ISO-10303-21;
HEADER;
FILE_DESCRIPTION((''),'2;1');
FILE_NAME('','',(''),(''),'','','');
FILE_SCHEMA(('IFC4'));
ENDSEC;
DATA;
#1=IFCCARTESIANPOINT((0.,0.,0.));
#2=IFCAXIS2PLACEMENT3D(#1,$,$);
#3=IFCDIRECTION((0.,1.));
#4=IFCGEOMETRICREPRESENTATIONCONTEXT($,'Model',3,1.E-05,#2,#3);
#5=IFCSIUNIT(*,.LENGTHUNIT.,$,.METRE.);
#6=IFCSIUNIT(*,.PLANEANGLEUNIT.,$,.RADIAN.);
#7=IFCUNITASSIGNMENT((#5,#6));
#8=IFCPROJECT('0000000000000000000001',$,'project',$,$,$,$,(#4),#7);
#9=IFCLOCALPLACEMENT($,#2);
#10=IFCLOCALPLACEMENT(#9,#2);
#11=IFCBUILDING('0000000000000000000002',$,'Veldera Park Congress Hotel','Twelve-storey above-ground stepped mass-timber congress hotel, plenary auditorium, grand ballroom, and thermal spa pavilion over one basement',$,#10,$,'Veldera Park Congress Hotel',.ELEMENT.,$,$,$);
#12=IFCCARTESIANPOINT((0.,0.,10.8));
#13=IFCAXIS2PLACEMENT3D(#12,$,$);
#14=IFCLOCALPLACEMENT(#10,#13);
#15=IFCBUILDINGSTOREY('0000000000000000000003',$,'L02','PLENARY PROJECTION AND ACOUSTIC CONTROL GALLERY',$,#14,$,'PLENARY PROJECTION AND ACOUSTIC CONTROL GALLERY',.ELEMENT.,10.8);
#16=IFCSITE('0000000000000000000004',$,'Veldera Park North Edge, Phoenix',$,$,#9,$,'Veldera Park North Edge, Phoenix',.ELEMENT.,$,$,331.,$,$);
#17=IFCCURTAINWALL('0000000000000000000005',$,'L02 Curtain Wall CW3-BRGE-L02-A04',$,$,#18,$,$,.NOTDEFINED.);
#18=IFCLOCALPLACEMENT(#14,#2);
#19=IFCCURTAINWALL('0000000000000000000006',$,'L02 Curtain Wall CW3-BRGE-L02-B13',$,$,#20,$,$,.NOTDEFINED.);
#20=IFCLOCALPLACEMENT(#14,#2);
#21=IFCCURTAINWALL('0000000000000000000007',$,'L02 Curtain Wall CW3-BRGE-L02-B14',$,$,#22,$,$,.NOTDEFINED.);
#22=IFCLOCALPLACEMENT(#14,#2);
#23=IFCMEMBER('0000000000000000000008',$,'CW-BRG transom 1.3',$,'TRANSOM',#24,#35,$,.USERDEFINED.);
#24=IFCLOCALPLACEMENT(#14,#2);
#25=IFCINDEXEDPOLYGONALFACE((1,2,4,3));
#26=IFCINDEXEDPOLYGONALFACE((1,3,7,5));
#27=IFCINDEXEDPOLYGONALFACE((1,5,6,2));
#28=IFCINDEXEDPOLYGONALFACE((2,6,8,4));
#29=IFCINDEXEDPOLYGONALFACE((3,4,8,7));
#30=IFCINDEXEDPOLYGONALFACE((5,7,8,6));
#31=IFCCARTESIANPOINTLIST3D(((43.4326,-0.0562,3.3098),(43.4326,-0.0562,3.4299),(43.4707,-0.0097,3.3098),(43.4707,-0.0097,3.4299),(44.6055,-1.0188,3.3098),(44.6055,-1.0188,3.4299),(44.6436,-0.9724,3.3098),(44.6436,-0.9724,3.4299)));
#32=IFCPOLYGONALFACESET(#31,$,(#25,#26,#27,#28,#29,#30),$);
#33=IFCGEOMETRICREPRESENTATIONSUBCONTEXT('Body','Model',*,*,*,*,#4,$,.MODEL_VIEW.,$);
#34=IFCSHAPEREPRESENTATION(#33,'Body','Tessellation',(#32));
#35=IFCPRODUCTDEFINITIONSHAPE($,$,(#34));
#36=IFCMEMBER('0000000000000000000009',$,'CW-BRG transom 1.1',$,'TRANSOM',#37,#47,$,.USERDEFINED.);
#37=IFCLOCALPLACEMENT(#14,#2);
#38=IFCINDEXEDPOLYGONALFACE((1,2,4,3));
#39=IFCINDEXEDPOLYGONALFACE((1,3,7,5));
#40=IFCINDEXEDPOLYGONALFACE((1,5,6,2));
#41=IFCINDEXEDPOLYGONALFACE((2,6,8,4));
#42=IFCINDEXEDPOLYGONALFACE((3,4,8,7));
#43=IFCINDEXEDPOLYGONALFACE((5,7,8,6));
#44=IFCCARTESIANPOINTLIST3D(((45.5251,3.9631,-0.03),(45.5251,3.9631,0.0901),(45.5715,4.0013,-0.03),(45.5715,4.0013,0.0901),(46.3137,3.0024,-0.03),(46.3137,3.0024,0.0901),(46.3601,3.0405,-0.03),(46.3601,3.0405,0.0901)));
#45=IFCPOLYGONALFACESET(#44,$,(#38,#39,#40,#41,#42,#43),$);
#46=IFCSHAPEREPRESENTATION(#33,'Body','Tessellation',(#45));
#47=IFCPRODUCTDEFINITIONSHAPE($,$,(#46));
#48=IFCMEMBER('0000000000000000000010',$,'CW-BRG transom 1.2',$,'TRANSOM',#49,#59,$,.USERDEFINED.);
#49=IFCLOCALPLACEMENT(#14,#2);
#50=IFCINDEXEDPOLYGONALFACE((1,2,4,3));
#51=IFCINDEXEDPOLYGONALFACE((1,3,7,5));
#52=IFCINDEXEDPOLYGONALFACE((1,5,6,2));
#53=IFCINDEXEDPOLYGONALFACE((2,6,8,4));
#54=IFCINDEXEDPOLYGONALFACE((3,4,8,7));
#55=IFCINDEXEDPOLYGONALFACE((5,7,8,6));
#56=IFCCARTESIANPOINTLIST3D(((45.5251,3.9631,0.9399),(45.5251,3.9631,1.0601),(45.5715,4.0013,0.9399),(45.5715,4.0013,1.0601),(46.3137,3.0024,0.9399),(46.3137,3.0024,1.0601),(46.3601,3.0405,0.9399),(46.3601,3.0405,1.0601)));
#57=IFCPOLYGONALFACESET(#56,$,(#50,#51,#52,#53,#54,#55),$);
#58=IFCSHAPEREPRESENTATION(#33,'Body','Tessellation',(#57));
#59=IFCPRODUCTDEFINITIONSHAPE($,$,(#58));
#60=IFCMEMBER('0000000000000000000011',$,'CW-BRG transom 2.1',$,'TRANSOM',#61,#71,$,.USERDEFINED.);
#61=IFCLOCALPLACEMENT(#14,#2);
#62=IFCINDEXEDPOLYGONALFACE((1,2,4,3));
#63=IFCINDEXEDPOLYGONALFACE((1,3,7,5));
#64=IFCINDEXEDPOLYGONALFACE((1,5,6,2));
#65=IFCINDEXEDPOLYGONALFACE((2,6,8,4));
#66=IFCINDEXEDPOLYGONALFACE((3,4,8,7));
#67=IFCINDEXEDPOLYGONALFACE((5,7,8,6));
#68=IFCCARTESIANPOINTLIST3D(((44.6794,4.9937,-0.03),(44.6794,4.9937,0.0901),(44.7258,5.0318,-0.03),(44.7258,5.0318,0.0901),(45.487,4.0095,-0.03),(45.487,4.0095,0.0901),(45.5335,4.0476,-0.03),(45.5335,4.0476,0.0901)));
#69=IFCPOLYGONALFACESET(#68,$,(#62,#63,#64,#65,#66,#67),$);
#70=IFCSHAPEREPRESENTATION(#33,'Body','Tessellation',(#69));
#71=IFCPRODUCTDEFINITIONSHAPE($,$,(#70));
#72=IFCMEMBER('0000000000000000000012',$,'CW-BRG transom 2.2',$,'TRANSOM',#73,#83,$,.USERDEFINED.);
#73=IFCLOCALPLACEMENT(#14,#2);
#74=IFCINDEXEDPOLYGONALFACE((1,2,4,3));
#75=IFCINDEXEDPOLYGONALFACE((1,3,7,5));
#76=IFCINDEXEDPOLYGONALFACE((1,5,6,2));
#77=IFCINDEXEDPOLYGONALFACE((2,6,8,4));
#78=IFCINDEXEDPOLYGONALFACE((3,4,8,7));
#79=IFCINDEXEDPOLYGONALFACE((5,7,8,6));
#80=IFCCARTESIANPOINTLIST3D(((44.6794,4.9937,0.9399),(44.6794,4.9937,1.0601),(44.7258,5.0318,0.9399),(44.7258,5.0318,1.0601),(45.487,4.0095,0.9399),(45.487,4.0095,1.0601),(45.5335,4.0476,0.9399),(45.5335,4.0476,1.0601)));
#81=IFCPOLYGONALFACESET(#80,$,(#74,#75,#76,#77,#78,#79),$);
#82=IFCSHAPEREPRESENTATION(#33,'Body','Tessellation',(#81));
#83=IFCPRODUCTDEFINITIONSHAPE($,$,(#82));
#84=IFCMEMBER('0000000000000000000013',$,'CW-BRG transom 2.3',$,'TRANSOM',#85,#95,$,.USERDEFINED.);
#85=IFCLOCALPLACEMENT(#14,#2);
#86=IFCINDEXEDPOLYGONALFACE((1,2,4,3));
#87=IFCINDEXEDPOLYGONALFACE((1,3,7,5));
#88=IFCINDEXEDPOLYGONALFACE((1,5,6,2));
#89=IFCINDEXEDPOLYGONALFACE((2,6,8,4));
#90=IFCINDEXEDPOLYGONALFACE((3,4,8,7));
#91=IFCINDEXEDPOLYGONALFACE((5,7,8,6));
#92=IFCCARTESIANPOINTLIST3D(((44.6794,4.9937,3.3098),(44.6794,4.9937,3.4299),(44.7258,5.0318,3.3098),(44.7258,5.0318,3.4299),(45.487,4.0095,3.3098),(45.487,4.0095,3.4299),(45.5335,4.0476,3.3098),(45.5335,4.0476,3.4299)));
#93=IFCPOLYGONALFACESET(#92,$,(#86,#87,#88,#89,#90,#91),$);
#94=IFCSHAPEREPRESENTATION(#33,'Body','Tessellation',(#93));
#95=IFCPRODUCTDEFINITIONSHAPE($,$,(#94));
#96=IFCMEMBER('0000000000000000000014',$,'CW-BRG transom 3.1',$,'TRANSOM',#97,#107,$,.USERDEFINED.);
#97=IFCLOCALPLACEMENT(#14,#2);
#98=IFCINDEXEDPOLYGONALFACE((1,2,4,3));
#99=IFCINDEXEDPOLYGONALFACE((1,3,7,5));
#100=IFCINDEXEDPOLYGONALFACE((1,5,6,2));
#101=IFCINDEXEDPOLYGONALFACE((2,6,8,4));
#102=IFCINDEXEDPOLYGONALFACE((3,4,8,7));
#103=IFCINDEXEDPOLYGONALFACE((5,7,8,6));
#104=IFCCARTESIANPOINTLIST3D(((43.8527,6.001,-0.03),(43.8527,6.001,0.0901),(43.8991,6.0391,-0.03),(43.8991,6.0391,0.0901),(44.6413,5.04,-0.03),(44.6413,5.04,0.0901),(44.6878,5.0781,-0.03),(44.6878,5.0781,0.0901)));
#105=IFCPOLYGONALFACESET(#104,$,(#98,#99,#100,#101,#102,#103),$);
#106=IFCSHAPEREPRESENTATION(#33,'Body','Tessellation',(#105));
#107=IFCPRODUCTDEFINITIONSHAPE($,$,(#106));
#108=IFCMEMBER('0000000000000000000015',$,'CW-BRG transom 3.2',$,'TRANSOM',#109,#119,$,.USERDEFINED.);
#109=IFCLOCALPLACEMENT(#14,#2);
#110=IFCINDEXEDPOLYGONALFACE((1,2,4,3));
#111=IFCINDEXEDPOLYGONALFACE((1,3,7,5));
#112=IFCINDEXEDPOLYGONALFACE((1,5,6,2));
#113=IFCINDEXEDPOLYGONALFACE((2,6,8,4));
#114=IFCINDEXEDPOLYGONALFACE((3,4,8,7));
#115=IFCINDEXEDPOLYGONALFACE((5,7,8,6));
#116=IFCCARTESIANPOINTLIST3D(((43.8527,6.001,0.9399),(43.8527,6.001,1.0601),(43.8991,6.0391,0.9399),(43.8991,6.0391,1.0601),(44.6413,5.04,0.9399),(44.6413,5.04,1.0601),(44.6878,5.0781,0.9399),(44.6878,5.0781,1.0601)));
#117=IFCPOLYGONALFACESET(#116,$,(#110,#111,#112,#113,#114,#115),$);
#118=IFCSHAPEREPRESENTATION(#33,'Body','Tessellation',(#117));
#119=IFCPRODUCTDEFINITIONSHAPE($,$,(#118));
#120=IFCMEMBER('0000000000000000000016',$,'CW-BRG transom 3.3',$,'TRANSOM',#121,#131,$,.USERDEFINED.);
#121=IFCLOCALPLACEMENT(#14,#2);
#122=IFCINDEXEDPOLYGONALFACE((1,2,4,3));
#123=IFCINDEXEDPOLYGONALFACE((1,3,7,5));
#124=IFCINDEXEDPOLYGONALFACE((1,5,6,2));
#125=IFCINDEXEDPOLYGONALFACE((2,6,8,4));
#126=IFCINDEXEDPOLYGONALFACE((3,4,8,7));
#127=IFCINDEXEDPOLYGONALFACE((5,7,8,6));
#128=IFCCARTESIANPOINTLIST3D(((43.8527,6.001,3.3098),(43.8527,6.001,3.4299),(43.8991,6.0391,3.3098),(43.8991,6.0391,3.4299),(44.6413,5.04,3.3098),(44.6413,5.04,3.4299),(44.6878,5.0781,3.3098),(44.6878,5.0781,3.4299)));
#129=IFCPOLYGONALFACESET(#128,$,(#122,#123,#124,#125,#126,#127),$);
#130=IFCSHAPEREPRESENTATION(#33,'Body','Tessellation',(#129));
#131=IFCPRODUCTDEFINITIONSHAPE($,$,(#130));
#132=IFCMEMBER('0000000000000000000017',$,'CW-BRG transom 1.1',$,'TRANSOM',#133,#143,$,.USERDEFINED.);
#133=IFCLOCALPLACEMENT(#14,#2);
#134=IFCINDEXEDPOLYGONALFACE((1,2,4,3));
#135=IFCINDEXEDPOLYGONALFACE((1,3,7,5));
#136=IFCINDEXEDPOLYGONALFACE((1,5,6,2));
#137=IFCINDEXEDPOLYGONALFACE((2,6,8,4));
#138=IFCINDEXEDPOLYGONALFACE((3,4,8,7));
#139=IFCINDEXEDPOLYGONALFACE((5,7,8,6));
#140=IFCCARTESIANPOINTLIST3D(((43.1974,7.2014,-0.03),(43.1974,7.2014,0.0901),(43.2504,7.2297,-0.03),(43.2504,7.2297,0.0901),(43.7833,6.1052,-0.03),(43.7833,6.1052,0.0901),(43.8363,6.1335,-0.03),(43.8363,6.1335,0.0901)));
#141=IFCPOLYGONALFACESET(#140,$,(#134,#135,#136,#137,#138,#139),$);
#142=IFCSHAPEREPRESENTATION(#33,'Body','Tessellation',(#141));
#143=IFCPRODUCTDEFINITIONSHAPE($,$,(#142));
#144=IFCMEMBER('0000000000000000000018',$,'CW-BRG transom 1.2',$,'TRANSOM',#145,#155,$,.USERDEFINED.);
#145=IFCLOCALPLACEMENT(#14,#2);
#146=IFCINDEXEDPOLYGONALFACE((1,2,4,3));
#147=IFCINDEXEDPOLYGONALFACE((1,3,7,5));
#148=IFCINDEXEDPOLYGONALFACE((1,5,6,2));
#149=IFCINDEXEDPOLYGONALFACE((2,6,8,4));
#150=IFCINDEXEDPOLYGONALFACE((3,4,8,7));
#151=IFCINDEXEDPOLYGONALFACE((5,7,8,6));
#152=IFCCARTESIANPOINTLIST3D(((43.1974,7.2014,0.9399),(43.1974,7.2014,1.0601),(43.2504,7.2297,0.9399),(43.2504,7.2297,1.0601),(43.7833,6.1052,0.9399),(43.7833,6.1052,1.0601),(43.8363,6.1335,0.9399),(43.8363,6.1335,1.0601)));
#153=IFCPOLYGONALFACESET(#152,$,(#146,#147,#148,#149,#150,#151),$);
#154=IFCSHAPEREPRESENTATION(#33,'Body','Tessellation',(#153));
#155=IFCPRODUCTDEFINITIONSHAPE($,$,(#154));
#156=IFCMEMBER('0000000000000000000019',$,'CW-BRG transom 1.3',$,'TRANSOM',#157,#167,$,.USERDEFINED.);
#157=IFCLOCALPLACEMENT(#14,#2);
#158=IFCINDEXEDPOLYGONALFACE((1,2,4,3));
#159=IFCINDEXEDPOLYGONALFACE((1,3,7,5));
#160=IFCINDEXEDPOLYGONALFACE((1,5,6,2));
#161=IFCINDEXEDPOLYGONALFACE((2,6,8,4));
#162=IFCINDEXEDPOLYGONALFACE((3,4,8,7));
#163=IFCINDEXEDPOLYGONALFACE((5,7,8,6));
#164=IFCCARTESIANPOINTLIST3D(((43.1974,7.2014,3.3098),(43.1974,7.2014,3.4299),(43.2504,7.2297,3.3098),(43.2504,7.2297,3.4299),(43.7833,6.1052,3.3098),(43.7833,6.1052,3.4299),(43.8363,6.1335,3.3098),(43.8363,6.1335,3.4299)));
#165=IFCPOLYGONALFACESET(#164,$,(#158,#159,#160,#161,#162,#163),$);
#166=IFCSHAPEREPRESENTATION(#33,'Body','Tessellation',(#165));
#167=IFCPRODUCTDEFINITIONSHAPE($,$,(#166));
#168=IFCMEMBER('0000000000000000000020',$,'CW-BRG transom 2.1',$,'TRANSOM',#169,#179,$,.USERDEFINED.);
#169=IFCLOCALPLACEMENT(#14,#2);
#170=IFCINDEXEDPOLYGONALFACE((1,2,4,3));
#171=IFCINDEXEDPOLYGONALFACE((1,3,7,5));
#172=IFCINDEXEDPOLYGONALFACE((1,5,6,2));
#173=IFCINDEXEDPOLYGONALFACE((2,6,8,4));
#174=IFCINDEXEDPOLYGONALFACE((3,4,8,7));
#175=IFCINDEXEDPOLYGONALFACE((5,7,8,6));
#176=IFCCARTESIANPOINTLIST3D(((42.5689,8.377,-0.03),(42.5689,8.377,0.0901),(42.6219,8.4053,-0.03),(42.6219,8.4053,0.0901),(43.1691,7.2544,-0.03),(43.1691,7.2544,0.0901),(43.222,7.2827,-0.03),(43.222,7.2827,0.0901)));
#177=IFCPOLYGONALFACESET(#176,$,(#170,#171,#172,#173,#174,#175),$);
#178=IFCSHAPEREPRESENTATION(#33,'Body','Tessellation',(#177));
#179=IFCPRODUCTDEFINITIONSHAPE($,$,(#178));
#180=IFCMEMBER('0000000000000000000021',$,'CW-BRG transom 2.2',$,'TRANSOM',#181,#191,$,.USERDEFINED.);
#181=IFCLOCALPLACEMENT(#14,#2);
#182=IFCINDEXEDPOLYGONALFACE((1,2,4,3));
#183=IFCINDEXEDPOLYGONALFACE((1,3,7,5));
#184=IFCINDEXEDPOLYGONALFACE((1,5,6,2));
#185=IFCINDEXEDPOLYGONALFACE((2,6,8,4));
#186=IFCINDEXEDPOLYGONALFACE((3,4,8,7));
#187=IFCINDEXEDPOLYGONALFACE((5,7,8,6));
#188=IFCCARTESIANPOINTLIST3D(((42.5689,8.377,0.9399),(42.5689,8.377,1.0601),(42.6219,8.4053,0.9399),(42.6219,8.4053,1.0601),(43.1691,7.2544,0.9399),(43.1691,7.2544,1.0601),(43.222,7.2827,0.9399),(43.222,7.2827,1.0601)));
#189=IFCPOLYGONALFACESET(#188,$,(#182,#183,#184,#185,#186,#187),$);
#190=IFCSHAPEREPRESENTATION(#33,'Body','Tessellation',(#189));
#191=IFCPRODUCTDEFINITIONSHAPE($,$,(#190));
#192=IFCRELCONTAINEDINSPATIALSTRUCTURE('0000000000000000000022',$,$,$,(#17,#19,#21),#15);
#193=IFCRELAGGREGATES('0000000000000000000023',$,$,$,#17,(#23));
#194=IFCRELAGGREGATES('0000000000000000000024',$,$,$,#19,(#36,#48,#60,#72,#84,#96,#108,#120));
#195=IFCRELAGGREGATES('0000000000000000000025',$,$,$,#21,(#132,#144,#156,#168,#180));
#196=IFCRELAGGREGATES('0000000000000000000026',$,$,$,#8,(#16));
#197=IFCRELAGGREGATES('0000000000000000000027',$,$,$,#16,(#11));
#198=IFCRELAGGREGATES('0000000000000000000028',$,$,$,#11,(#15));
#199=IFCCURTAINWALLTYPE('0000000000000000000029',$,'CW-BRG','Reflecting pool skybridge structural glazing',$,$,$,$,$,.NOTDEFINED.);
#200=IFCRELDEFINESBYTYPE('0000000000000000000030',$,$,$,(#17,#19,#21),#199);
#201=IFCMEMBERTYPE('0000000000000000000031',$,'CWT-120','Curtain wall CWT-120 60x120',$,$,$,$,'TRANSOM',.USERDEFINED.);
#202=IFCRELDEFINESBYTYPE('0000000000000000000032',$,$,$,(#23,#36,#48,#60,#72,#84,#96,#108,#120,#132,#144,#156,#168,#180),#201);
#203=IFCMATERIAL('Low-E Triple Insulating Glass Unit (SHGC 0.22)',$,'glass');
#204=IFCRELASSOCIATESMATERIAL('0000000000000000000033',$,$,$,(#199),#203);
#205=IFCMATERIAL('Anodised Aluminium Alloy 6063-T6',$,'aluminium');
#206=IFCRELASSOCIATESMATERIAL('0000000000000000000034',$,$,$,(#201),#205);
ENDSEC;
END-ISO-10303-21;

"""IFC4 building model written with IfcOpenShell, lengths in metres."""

from ifc_helpers import new_model, si_unit, direction, frame, origin, origin_2d, place, context, subcontext, project, spatial, rectangle, extrude, material, material_profile, profile_set, type_object, element, aggregate, save


model = new_model("IFC4")

# Units and contexts
model_context = context("Model", 3, precision=1e-05, world=origin(), true_north=direction((0.0, 1.0)))
body_context = subcontext(model_context, "Body", "Model", "MODEL_VIEW")
ifc_project = project(units=[si_unit("LENGTHUNIT", "METRE"), si_unit("PLANEANGLEUNIT", "RADIAN")], contexts=[model_context])

# Site, building, storey
site_placement = place(None, origin())
site = spatial("IfcSite", under=ifc_project, at=site_placement, Name="Veldera Park North Edge, Phoenix", LongName="Veldera Park North Edge, Phoenix", CompositionType="ELEMENT", RefElevation=331.0)
building_placement = place(site_placement, origin())
building = spatial("IfcBuilding", under=site, at=building_placement, Name="Veldera Park Congress Hotel", Description="Twelve-storey above-ground stepped mass-timber congress hotel, plenary auditorium, grand ballroom, and thermal spa pavilion over one basement", LongName="Veldera Park Congress Hotel", CompositionType="ELEMENT")
storey_placement = place(building_placement, frame((0.0, 0.0, 10.8)))
storey = spatial("IfcBuildingStorey", under=building, at=storey_placement, Name="L02", Description="PLENARY PROJECTION AND ACOUSTIC CONTROL GALLERY", LongName="PLENARY PROJECTION AND ACOUSTIC CONTROL GALLERY", CompositionType="ELEMENT", Elevation=10.8)

# Curtain wall
ifc_material_1 = material(Name="Low-E Triple Insulating Glass Unit (SHGC 0.22)", Category="glass")
curtain_wall_type = type_object("IfcCurtainWallType", Name="CW-BRG", Description="Reflecting pool skybridge structural glazing", PredefinedType="NOTDEFINED", material=ifc_material_1)
ifc_material_2 = material(Name="Anodised Aluminium Alloy 6063-T6", Category="aluminium")
curtain_wall_1_placement = place(storey_placement, origin())
curtain_wall_1 = element("IfcCurtainWall", 1, at=curtain_wall_1_placement, inside=storey, type_object=curtain_wall_type, Name="L02 Curtain Wall CW3-BRGE-L02-A04", PredefinedType="NOTDEFINED")

# Curtain walls
curtain_wall_2_placement = place(storey_placement, origin())
curtain_wall_2 = element("IfcCurtainWall", 2, at=curtain_wall_2_placement, inside=storey, type_object=curtain_wall_type, Name="L02 Curtain Wall CW3-BRGE-L02-B13", PredefinedType="NOTDEFINED")
curtain_wall_3_placement = place(storey_placement, origin())
curtain_wall_3 = element("IfcCurtainWall", 3, at=curtain_wall_3_placement, inside=storey, type_object=curtain_wall_type, Name="L02 Curtain Wall CW3-BRGE-L02-B14", PredefinedType="NOTDEFINED")

# Members
ifc_material_profile_1 = material_profile(ifc_material_2, rectangle(XDim=0.0601, YDim=0.1201, at=origin_2d()), Name="ALU 60x120")
ifc_profile_set_1 = profile_set([ifc_material_profile_1], Name="Anodised Aluminium Alloy 6063-T6")
member_type_1 = type_object("IfcMemberType", Name="CWT-120", Description="Curtain wall CWT-120 60x120", ElementType="TRANSOM", PredefinedType="USERDEFINED", material=ifc_profile_set_1)
member_1_placement = place(storey_placement, frame((43.4517, -0.033, 3.3699), z_axis=(0.772974, -0.634437, 0.0), x_axis=(0.634437, 0.772974, 0.0)))
member_1 = element("IfcMember", 4, at=member_1_placement, type_object=member_type_1, Name="CW-BRG transom 1.3", ObjectType="TRANSOM", PredefinedType="USERDEFINED", context=body_context, shape_type="SweptSolid", body=[
    extrude(rectangle(XDim=0.0601, YDim=0.1201, at=origin_2d()), origin(), (0.0, 0.0, 1.0), 1.5173),
])
member_2_placement = place(storey_placement, frame((46.3369, 3.0215, 0.03), z_axis=(-0.634467, 0.77295, 0.0), x_axis=(-0.77295, -0.634467, 0.0)))
member_2 = element("IfcMember", 5, at=member_2_placement, type_object=member_type_1, Name="CW-BRG transom 1.1", ObjectType="TRANSOM", PredefinedType="USERDEFINED", context=body_context, shape_type="SweptSolid", body=[
    extrude(rectangle(XDim=0.0601, YDim=0.1201, at=origin_2d()), origin(), (0.0, 0.0, 1.0), 1.2429),
])
member_3_placement = place(storey_placement, frame((46.3369, 3.0215, 1.0), z_axis=(-0.634467, 0.77295, 0.0), x_axis=(-0.77295, -0.634467, 0.0)))
member_3 = element("IfcMember", 6, at=member_3_placement, type_object=member_type_1, Name="CW-BRG transom 1.2", ObjectType="TRANSOM", PredefinedType="USERDEFINED", context=body_context, shape_type="SweptSolid", body=[
    extrude(rectangle(XDim=0.0601, YDim=0.1201, at=origin_2d()), origin(), (0.0, 0.0, 1.0), 1.2429),
])
member_4_placement = place(storey_placement, frame((45.5103, 4.0286, 0.03), z_axis=(-0.634375, 0.773025, 0.0), x_axis=(-0.773025, -0.634375, 0.0)))
member_4 = element("IfcMember", 7, at=member_4_placement, type_object=member_type_1, Name="CW-BRG transom 2.1", ObjectType="TRANSOM", PredefinedType="USERDEFINED", context=body_context, shape_type="SweptSolid", body=[
    extrude(rectangle(XDim=0.0601, YDim=0.1201, at=origin_2d()), origin(), (0.0, 0.0, 1.0), 1.2732),
])
member_5_placement = place(storey_placement, frame((45.5103, 4.0286, 1.0), z_axis=(-0.634375, 0.773025, 0.0), x_axis=(-0.773025, -0.634375, 0.0)))
member_5 = element("IfcMember", 8, at=member_5_placement, type_object=member_type_1, Name="CW-BRG transom 2.2", ObjectType="TRANSOM", PredefinedType="USERDEFINED", context=body_context, shape_type="SweptSolid", body=[
    extrude(rectangle(XDim=0.0601, YDim=0.1201, at=origin_2d()), origin(), (0.0, 0.0, 1.0), 1.2732),
])
member_6_placement = place(storey_placement, frame((45.5103, 4.0286, 3.3699), z_axis=(-0.634375, 0.773025, 0.0), x_axis=(-0.773025, -0.634375, 0.0)))
member_6 = element("IfcMember", 9, at=member_6_placement, type_object=member_type_1, Name="CW-BRG transom 2.3", ObjectType="TRANSOM", PredefinedType="USERDEFINED", context=body_context, shape_type="SweptSolid", body=[
    extrude(rectangle(XDim=0.0601, YDim=0.1201, at=origin_2d()), origin(), (0.0, 0.0, 1.0), 1.2732),
])
member_7_placement = place(storey_placement, frame((44.6646, 5.0591, 0.03), z_axis=(-0.634371, 0.773029, 0.0), x_axis=(-0.773029, -0.634371, 0.0)))
member_7 = element("IfcMember", 10, at=member_7_placement, type_object=member_type_1, Name="CW-BRG transom 3.1", ObjectType="TRANSOM", PredefinedType="USERDEFINED", context=body_context, shape_type="SweptSolid", body=[
    extrude(rectangle(XDim=0.0601, YDim=0.1201, at=origin_2d()), origin(), (0.0, 0.0, 1.0), 1.2432),
])
member_8_placement = place(storey_placement, frame((44.6646, 5.0591, 1.0), z_axis=(-0.634371, 0.773029, 0.0), x_axis=(-0.773029, -0.634371, 0.0)))
member_8 = element("IfcMember", 11, at=member_8_placement, type_object=member_type_1, Name="CW-BRG transom 3.2", ObjectType="TRANSOM", PredefinedType="USERDEFINED", context=body_context, shape_type="SweptSolid", body=[
    extrude(rectangle(XDim=0.0601, YDim=0.1201, at=origin_2d()), origin(), (0.0, 0.0, 1.0), 1.2432),
])
member_9_placement = place(storey_placement, frame((44.6646, 5.0591, 3.3699), z_axis=(-0.634371, 0.773029, 0.0), x_axis=(-0.773029, -0.634371, 0.0)))
member_9 = element("IfcMember", 12, at=member_9_placement, type_object=member_type_1, Name="CW-BRG transom 3.3", ObjectType="TRANSOM", PredefinedType="USERDEFINED", context=body_context, shape_type="SweptSolid", body=[
    extrude(rectangle(XDim=0.0601, YDim=0.1201, at=origin_2d()), origin(), (0.0, 0.0, 1.0), 1.2432),
])
member_10_placement = place(storey_placement, frame((43.8098, 6.1194, 0.03), z_axis=(-0.471404, 0.881918, 0.0), x_axis=(-0.881918, -0.471404, 0.0)))
member_10 = element("IfcMember", 13, at=member_10_placement, type_object=member_type_1, Name="CW-BRG transom 1.1", ObjectType="TRANSOM", PredefinedType="USERDEFINED", context=body_context, shape_type="SweptSolid", body=[
    extrude(rectangle(XDim=0.0601, YDim=0.1201, at=origin_2d()), origin(), (0.0, 0.0, 1.0), 1.2429),
])
member_11_placement = place(storey_placement, frame((43.8098, 6.1194, 1.0), z_axis=(-0.471404, 0.881918, 0.0), x_axis=(-0.881918, -0.471404, 0.0)))
member_11 = element("IfcMember", 14, at=member_11_placement, type_object=member_type_1, Name="CW-BRG transom 1.2", ObjectType="TRANSOM", PredefinedType="USERDEFINED", context=body_context, shape_type="SweptSolid", body=[
    extrude(rectangle(XDim=0.0601, YDim=0.1201, at=origin_2d()), origin(), (0.0, 0.0, 1.0), 1.2429),
])
member_12_placement = place(storey_placement, frame((43.8098, 6.1194, 3.3699), z_axis=(-0.471404, 0.881918, 0.0), x_axis=(-0.881918, -0.471404, 0.0)))
member_12 = element("IfcMember", 15, at=member_12_placement, type_object=member_type_1, Name="CW-BRG transom 1.3", ObjectType="TRANSOM", PredefinedType="USERDEFINED", context=body_context, shape_type="SweptSolid", body=[
    extrude(rectangle(XDim=0.0601, YDim=0.1201, at=origin_2d()), origin(), (0.0, 0.0, 1.0), 1.2429),
])
member_13_placement = place(storey_placement, frame((43.1956, 7.2686, 0.03), z_axis=(-0.471444, 0.881896, 0.0), x_axis=(-0.881896, -0.471444, 0.0)))
member_13 = element("IfcMember", 16, at=member_13_placement, type_object=member_type_1, Name="CW-BRG transom 2.1", ObjectType="TRANSOM", PredefinedType="USERDEFINED", context=body_context, shape_type="SweptSolid", body=[
    extrude(rectangle(XDim=0.0601, YDim=0.1201, at=origin_2d()), origin(), (0.0, 0.0, 1.0), 1.2729),
])
member_14_placement = place(storey_placement, frame((43.1956, 7.2686, 1.0), z_axis=(-0.471444, 0.881896, 0.0), x_axis=(-0.881896, -0.471444, 0.0)))
member_14 = element("IfcMember", 17, at=member_14_placement, type_object=member_type_1, Name="CW-BRG transom 2.2", ObjectType="TRANSOM", PredefinedType="USERDEFINED", context=body_context, shape_type="SweptSolid", body=[
    extrude(rectangle(XDim=0.0601, YDim=0.1201, at=origin_2d()), origin(), (0.0, 0.0, 1.0), 1.2729),
])

aggregate(curtain_wall_1, [member_1])
aggregate(curtain_wall_2, [member_2, member_3, member_4, member_5, member_6, member_7, member_8, member_9])
aggregate(curtain_wall_3, [member_10, member_11, member_12, member_13, member_14])

save(model, "model.ifc")
